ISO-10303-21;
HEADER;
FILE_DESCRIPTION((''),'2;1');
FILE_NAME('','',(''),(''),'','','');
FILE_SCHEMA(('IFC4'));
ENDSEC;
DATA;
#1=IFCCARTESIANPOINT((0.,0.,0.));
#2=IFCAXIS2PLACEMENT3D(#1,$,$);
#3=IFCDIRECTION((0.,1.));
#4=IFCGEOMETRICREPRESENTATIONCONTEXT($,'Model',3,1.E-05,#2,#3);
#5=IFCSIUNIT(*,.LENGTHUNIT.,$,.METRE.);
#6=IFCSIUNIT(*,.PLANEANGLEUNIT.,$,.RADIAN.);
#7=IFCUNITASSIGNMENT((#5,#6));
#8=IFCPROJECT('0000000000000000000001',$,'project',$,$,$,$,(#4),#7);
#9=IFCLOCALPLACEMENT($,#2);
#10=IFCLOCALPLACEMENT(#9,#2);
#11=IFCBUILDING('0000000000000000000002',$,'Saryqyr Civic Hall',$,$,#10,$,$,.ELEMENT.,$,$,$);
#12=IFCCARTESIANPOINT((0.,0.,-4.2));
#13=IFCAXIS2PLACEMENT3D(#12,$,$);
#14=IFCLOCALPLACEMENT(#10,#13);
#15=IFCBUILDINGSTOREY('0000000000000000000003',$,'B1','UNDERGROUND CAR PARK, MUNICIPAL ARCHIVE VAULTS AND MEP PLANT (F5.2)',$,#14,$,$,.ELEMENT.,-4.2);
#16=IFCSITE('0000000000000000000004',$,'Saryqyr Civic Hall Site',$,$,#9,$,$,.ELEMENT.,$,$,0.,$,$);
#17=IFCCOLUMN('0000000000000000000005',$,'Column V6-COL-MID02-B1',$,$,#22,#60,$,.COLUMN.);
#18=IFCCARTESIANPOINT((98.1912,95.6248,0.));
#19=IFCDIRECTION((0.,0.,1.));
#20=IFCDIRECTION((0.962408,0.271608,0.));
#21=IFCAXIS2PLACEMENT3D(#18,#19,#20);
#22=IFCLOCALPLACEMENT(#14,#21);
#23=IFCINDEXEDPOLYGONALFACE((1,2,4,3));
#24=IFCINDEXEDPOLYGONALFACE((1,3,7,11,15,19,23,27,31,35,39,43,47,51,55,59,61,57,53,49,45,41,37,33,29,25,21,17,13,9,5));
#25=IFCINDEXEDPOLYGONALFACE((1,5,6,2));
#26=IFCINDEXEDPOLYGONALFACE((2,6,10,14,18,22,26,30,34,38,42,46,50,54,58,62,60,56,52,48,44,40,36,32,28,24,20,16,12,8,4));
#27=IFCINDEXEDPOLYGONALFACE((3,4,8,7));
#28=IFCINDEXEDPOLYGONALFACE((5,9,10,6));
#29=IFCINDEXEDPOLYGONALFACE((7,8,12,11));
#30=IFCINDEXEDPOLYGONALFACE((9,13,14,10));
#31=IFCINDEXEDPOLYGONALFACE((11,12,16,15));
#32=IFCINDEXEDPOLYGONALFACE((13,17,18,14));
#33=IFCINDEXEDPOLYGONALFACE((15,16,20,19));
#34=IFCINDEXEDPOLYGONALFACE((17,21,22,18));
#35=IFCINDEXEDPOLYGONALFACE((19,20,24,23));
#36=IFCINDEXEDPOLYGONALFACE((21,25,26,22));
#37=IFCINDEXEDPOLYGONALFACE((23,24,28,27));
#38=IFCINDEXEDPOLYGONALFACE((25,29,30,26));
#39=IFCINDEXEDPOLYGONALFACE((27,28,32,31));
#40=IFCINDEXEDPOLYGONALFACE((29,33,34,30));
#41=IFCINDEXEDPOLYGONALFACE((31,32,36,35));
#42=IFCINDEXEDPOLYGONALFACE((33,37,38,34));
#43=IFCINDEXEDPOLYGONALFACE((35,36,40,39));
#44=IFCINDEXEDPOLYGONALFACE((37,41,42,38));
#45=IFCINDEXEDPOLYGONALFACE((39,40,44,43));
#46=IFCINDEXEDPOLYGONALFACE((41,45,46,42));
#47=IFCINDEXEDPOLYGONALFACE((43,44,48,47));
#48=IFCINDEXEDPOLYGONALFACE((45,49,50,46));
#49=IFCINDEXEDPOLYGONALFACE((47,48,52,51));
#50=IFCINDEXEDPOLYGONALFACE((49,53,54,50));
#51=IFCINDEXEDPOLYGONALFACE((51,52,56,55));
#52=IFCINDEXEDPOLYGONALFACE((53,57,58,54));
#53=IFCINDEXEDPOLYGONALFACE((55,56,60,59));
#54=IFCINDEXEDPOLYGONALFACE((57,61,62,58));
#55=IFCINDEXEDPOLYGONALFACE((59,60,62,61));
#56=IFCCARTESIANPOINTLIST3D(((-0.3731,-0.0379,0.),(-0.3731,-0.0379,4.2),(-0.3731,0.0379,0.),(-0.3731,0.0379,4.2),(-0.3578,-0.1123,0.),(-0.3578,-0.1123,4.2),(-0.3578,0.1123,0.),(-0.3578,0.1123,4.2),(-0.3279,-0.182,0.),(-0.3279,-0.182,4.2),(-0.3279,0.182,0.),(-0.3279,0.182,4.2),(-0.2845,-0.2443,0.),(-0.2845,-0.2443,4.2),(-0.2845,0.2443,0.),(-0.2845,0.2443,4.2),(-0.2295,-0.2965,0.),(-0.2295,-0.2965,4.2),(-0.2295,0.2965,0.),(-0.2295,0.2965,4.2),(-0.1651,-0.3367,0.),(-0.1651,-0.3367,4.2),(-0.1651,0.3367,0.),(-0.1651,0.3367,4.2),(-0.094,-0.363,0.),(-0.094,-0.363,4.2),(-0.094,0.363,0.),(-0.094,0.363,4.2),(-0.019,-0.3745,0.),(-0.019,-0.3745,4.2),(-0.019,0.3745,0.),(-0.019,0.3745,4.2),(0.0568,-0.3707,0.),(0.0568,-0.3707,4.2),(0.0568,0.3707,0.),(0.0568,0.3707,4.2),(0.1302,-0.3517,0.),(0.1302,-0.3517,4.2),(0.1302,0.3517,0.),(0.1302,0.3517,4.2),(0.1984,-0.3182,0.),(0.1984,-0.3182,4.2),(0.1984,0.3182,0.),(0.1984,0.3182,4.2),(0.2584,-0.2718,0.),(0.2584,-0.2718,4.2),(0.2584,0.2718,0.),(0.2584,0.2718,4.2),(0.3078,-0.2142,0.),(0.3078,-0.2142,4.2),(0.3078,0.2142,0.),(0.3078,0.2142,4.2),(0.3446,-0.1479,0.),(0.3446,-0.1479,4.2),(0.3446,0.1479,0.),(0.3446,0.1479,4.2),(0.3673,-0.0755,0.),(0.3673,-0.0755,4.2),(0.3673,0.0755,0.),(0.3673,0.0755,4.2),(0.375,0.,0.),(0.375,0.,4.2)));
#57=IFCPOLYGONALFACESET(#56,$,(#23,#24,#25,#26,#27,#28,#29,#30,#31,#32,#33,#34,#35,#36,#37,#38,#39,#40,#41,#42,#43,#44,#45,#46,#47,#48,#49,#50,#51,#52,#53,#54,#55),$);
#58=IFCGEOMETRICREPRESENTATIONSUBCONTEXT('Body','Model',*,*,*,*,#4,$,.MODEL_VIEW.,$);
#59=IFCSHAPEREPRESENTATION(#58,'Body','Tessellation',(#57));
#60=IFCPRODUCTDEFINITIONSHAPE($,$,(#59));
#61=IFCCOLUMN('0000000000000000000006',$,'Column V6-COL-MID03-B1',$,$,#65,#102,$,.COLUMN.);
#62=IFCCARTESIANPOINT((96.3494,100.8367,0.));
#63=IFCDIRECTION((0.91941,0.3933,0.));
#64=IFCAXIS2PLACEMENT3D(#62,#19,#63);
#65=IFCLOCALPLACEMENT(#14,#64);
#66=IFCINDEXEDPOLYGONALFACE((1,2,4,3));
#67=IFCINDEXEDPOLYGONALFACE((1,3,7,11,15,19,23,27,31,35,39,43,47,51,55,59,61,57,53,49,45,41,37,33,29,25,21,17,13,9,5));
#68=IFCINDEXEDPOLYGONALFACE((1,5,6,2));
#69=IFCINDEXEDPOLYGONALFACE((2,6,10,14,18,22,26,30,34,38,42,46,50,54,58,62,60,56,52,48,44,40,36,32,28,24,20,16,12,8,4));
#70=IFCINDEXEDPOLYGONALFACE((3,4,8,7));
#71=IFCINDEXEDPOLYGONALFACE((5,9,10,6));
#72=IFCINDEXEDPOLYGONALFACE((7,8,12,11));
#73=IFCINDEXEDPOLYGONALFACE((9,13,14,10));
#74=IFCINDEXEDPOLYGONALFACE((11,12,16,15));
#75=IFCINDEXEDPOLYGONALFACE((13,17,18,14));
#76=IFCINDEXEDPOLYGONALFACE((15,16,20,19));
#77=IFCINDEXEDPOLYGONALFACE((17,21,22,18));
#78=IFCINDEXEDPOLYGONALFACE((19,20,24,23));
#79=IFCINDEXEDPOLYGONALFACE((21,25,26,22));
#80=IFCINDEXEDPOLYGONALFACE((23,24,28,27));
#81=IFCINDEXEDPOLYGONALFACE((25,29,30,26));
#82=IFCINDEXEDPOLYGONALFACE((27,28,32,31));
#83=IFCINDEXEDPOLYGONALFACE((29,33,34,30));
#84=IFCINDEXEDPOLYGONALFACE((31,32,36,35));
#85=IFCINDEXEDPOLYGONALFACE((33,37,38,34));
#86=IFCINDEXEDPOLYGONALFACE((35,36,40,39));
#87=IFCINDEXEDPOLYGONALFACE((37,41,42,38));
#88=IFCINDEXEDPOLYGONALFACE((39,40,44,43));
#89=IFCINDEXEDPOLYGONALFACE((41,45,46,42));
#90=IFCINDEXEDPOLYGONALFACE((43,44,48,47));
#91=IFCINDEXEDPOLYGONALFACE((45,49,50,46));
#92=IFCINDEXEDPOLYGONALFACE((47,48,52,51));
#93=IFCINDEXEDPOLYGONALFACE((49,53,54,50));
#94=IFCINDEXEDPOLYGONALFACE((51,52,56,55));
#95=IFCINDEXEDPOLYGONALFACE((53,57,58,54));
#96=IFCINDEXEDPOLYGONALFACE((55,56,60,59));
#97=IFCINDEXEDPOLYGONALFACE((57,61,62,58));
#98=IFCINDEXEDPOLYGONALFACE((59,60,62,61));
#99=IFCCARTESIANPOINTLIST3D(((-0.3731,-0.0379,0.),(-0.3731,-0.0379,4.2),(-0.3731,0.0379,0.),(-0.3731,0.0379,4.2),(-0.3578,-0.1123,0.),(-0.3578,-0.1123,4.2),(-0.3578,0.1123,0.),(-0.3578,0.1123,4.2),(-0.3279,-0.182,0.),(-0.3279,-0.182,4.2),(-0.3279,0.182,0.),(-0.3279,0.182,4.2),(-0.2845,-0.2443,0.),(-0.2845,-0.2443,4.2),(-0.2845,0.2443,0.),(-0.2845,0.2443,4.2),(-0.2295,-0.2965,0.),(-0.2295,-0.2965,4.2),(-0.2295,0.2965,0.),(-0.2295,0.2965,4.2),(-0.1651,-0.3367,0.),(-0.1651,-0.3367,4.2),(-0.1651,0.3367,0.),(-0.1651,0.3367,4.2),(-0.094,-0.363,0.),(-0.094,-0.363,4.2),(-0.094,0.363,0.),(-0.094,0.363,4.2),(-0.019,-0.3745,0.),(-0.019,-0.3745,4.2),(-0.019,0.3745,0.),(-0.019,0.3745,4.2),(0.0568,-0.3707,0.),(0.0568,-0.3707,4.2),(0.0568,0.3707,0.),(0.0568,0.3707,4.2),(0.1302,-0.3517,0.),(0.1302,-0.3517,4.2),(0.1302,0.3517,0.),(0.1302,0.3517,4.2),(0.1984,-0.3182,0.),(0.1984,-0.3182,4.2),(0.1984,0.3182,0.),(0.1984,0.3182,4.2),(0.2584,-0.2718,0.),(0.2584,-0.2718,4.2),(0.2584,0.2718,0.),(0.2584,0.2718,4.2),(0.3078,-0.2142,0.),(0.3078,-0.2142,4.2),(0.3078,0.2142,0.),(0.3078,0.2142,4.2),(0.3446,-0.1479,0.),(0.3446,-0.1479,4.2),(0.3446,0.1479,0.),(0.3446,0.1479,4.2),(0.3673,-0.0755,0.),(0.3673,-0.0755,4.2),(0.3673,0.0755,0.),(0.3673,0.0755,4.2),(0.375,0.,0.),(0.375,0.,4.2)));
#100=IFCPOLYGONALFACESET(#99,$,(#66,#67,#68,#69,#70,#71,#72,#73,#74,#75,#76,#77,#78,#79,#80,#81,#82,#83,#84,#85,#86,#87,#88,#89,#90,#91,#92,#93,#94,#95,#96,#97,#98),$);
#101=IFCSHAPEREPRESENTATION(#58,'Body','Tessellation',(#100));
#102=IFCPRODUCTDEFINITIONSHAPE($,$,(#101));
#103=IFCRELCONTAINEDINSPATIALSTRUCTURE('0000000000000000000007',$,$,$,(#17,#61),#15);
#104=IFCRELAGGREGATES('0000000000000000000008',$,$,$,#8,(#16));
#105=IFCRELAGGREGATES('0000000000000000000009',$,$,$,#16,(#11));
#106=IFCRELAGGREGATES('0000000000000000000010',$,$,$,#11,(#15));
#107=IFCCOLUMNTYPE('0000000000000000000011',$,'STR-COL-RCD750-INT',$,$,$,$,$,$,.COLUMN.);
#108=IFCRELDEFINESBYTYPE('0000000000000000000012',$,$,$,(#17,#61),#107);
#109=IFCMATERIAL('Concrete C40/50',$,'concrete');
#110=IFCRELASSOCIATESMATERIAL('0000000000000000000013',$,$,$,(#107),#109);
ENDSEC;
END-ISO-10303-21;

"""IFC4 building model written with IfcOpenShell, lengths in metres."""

from ifc_helpers import new_model, si_unit, direction, frame, origin, origin_2d, place, context, subcontext, project, spatial, circle, extrude, material, material_profile, profile_set, type_object, element, save


model = new_model("IFC4")

# Units and contexts
model_context = context("Model", 3, precision=1e-05, world=origin(), true_north=direction((0.0, 1.0)))
body_context = subcontext(model_context, "Body", "Model", "MODEL_VIEW")
ifc_project = project(units=[si_unit("LENGTHUNIT", "METRE"), si_unit("PLANEANGLEUNIT", "RADIAN")], contexts=[model_context])

# Site, building, storey
site_placement = place(None, origin())
site = spatial("IfcSite", under=ifc_project, at=site_placement, Name="Saryqyr Civic Hall Site", CompositionType="ELEMENT", RefElevation=0.0)
building_placement = place(site_placement, origin())
building = spatial("IfcBuilding", under=site, at=building_placement, Name="Saryqyr Civic Hall", CompositionType="ELEMENT")
storey_placement = place(building_placement, frame((0.0, 0.0, -4.2)))
storey = spatial("IfcBuildingStorey", under=building, at=storey_placement, Name="B1", Description="UNDERGROUND CAR PARK, MUNICIPAL ARCHIVE VAULTS AND MEP PLANT (F5.2)", CompositionType="ELEMENT", Elevation=-4.2)

# Columns
ifc_material_1 = material(Name="Concrete C40/50", Category="concrete")
ifc_material_profile_1 = material_profile(ifc_material_1, circle(Radius=0.375, at=origin_2d()), Name="RC D750")
ifc_profile_set_1 = profile_set([ifc_material_profile_1], Name="Concrete C40/50")
column_type_1 = type_object("IfcColumnType", Name="STR-COL-RCD750-INT", PredefinedType="COLUMN", material=ifc_profile_set_1)
for number, where, z_axis, x_axis, name in (
    (1, (98.1912, 95.6248, 0.0), (0.0, 0.0, 1.0), (0.962408, 0.271608, 0.0), "Column V6-COL-MID02-B1"),
    (2, (96.3494, 100.8367, 0.0), (0.0, 0.0, 1.0), (0.91941, 0.3933, 0.0), "Column V6-COL-MID03-B1"),
):
    element("IfcColumn", number, at=place(storey_placement, frame(where, z_axis=z_axis, x_axis=x_axis)), inside=storey, type_object=column_type_1, Name=name, PredefinedType="COLUMN", context=body_context, shape_type="SweptSolid", body=[
        extrude(circle(Radius=0.375, at=origin_2d()), origin(), (0.0, 0.0, 1.0), 4.2),
    ])

save(model, "model.ifc")
